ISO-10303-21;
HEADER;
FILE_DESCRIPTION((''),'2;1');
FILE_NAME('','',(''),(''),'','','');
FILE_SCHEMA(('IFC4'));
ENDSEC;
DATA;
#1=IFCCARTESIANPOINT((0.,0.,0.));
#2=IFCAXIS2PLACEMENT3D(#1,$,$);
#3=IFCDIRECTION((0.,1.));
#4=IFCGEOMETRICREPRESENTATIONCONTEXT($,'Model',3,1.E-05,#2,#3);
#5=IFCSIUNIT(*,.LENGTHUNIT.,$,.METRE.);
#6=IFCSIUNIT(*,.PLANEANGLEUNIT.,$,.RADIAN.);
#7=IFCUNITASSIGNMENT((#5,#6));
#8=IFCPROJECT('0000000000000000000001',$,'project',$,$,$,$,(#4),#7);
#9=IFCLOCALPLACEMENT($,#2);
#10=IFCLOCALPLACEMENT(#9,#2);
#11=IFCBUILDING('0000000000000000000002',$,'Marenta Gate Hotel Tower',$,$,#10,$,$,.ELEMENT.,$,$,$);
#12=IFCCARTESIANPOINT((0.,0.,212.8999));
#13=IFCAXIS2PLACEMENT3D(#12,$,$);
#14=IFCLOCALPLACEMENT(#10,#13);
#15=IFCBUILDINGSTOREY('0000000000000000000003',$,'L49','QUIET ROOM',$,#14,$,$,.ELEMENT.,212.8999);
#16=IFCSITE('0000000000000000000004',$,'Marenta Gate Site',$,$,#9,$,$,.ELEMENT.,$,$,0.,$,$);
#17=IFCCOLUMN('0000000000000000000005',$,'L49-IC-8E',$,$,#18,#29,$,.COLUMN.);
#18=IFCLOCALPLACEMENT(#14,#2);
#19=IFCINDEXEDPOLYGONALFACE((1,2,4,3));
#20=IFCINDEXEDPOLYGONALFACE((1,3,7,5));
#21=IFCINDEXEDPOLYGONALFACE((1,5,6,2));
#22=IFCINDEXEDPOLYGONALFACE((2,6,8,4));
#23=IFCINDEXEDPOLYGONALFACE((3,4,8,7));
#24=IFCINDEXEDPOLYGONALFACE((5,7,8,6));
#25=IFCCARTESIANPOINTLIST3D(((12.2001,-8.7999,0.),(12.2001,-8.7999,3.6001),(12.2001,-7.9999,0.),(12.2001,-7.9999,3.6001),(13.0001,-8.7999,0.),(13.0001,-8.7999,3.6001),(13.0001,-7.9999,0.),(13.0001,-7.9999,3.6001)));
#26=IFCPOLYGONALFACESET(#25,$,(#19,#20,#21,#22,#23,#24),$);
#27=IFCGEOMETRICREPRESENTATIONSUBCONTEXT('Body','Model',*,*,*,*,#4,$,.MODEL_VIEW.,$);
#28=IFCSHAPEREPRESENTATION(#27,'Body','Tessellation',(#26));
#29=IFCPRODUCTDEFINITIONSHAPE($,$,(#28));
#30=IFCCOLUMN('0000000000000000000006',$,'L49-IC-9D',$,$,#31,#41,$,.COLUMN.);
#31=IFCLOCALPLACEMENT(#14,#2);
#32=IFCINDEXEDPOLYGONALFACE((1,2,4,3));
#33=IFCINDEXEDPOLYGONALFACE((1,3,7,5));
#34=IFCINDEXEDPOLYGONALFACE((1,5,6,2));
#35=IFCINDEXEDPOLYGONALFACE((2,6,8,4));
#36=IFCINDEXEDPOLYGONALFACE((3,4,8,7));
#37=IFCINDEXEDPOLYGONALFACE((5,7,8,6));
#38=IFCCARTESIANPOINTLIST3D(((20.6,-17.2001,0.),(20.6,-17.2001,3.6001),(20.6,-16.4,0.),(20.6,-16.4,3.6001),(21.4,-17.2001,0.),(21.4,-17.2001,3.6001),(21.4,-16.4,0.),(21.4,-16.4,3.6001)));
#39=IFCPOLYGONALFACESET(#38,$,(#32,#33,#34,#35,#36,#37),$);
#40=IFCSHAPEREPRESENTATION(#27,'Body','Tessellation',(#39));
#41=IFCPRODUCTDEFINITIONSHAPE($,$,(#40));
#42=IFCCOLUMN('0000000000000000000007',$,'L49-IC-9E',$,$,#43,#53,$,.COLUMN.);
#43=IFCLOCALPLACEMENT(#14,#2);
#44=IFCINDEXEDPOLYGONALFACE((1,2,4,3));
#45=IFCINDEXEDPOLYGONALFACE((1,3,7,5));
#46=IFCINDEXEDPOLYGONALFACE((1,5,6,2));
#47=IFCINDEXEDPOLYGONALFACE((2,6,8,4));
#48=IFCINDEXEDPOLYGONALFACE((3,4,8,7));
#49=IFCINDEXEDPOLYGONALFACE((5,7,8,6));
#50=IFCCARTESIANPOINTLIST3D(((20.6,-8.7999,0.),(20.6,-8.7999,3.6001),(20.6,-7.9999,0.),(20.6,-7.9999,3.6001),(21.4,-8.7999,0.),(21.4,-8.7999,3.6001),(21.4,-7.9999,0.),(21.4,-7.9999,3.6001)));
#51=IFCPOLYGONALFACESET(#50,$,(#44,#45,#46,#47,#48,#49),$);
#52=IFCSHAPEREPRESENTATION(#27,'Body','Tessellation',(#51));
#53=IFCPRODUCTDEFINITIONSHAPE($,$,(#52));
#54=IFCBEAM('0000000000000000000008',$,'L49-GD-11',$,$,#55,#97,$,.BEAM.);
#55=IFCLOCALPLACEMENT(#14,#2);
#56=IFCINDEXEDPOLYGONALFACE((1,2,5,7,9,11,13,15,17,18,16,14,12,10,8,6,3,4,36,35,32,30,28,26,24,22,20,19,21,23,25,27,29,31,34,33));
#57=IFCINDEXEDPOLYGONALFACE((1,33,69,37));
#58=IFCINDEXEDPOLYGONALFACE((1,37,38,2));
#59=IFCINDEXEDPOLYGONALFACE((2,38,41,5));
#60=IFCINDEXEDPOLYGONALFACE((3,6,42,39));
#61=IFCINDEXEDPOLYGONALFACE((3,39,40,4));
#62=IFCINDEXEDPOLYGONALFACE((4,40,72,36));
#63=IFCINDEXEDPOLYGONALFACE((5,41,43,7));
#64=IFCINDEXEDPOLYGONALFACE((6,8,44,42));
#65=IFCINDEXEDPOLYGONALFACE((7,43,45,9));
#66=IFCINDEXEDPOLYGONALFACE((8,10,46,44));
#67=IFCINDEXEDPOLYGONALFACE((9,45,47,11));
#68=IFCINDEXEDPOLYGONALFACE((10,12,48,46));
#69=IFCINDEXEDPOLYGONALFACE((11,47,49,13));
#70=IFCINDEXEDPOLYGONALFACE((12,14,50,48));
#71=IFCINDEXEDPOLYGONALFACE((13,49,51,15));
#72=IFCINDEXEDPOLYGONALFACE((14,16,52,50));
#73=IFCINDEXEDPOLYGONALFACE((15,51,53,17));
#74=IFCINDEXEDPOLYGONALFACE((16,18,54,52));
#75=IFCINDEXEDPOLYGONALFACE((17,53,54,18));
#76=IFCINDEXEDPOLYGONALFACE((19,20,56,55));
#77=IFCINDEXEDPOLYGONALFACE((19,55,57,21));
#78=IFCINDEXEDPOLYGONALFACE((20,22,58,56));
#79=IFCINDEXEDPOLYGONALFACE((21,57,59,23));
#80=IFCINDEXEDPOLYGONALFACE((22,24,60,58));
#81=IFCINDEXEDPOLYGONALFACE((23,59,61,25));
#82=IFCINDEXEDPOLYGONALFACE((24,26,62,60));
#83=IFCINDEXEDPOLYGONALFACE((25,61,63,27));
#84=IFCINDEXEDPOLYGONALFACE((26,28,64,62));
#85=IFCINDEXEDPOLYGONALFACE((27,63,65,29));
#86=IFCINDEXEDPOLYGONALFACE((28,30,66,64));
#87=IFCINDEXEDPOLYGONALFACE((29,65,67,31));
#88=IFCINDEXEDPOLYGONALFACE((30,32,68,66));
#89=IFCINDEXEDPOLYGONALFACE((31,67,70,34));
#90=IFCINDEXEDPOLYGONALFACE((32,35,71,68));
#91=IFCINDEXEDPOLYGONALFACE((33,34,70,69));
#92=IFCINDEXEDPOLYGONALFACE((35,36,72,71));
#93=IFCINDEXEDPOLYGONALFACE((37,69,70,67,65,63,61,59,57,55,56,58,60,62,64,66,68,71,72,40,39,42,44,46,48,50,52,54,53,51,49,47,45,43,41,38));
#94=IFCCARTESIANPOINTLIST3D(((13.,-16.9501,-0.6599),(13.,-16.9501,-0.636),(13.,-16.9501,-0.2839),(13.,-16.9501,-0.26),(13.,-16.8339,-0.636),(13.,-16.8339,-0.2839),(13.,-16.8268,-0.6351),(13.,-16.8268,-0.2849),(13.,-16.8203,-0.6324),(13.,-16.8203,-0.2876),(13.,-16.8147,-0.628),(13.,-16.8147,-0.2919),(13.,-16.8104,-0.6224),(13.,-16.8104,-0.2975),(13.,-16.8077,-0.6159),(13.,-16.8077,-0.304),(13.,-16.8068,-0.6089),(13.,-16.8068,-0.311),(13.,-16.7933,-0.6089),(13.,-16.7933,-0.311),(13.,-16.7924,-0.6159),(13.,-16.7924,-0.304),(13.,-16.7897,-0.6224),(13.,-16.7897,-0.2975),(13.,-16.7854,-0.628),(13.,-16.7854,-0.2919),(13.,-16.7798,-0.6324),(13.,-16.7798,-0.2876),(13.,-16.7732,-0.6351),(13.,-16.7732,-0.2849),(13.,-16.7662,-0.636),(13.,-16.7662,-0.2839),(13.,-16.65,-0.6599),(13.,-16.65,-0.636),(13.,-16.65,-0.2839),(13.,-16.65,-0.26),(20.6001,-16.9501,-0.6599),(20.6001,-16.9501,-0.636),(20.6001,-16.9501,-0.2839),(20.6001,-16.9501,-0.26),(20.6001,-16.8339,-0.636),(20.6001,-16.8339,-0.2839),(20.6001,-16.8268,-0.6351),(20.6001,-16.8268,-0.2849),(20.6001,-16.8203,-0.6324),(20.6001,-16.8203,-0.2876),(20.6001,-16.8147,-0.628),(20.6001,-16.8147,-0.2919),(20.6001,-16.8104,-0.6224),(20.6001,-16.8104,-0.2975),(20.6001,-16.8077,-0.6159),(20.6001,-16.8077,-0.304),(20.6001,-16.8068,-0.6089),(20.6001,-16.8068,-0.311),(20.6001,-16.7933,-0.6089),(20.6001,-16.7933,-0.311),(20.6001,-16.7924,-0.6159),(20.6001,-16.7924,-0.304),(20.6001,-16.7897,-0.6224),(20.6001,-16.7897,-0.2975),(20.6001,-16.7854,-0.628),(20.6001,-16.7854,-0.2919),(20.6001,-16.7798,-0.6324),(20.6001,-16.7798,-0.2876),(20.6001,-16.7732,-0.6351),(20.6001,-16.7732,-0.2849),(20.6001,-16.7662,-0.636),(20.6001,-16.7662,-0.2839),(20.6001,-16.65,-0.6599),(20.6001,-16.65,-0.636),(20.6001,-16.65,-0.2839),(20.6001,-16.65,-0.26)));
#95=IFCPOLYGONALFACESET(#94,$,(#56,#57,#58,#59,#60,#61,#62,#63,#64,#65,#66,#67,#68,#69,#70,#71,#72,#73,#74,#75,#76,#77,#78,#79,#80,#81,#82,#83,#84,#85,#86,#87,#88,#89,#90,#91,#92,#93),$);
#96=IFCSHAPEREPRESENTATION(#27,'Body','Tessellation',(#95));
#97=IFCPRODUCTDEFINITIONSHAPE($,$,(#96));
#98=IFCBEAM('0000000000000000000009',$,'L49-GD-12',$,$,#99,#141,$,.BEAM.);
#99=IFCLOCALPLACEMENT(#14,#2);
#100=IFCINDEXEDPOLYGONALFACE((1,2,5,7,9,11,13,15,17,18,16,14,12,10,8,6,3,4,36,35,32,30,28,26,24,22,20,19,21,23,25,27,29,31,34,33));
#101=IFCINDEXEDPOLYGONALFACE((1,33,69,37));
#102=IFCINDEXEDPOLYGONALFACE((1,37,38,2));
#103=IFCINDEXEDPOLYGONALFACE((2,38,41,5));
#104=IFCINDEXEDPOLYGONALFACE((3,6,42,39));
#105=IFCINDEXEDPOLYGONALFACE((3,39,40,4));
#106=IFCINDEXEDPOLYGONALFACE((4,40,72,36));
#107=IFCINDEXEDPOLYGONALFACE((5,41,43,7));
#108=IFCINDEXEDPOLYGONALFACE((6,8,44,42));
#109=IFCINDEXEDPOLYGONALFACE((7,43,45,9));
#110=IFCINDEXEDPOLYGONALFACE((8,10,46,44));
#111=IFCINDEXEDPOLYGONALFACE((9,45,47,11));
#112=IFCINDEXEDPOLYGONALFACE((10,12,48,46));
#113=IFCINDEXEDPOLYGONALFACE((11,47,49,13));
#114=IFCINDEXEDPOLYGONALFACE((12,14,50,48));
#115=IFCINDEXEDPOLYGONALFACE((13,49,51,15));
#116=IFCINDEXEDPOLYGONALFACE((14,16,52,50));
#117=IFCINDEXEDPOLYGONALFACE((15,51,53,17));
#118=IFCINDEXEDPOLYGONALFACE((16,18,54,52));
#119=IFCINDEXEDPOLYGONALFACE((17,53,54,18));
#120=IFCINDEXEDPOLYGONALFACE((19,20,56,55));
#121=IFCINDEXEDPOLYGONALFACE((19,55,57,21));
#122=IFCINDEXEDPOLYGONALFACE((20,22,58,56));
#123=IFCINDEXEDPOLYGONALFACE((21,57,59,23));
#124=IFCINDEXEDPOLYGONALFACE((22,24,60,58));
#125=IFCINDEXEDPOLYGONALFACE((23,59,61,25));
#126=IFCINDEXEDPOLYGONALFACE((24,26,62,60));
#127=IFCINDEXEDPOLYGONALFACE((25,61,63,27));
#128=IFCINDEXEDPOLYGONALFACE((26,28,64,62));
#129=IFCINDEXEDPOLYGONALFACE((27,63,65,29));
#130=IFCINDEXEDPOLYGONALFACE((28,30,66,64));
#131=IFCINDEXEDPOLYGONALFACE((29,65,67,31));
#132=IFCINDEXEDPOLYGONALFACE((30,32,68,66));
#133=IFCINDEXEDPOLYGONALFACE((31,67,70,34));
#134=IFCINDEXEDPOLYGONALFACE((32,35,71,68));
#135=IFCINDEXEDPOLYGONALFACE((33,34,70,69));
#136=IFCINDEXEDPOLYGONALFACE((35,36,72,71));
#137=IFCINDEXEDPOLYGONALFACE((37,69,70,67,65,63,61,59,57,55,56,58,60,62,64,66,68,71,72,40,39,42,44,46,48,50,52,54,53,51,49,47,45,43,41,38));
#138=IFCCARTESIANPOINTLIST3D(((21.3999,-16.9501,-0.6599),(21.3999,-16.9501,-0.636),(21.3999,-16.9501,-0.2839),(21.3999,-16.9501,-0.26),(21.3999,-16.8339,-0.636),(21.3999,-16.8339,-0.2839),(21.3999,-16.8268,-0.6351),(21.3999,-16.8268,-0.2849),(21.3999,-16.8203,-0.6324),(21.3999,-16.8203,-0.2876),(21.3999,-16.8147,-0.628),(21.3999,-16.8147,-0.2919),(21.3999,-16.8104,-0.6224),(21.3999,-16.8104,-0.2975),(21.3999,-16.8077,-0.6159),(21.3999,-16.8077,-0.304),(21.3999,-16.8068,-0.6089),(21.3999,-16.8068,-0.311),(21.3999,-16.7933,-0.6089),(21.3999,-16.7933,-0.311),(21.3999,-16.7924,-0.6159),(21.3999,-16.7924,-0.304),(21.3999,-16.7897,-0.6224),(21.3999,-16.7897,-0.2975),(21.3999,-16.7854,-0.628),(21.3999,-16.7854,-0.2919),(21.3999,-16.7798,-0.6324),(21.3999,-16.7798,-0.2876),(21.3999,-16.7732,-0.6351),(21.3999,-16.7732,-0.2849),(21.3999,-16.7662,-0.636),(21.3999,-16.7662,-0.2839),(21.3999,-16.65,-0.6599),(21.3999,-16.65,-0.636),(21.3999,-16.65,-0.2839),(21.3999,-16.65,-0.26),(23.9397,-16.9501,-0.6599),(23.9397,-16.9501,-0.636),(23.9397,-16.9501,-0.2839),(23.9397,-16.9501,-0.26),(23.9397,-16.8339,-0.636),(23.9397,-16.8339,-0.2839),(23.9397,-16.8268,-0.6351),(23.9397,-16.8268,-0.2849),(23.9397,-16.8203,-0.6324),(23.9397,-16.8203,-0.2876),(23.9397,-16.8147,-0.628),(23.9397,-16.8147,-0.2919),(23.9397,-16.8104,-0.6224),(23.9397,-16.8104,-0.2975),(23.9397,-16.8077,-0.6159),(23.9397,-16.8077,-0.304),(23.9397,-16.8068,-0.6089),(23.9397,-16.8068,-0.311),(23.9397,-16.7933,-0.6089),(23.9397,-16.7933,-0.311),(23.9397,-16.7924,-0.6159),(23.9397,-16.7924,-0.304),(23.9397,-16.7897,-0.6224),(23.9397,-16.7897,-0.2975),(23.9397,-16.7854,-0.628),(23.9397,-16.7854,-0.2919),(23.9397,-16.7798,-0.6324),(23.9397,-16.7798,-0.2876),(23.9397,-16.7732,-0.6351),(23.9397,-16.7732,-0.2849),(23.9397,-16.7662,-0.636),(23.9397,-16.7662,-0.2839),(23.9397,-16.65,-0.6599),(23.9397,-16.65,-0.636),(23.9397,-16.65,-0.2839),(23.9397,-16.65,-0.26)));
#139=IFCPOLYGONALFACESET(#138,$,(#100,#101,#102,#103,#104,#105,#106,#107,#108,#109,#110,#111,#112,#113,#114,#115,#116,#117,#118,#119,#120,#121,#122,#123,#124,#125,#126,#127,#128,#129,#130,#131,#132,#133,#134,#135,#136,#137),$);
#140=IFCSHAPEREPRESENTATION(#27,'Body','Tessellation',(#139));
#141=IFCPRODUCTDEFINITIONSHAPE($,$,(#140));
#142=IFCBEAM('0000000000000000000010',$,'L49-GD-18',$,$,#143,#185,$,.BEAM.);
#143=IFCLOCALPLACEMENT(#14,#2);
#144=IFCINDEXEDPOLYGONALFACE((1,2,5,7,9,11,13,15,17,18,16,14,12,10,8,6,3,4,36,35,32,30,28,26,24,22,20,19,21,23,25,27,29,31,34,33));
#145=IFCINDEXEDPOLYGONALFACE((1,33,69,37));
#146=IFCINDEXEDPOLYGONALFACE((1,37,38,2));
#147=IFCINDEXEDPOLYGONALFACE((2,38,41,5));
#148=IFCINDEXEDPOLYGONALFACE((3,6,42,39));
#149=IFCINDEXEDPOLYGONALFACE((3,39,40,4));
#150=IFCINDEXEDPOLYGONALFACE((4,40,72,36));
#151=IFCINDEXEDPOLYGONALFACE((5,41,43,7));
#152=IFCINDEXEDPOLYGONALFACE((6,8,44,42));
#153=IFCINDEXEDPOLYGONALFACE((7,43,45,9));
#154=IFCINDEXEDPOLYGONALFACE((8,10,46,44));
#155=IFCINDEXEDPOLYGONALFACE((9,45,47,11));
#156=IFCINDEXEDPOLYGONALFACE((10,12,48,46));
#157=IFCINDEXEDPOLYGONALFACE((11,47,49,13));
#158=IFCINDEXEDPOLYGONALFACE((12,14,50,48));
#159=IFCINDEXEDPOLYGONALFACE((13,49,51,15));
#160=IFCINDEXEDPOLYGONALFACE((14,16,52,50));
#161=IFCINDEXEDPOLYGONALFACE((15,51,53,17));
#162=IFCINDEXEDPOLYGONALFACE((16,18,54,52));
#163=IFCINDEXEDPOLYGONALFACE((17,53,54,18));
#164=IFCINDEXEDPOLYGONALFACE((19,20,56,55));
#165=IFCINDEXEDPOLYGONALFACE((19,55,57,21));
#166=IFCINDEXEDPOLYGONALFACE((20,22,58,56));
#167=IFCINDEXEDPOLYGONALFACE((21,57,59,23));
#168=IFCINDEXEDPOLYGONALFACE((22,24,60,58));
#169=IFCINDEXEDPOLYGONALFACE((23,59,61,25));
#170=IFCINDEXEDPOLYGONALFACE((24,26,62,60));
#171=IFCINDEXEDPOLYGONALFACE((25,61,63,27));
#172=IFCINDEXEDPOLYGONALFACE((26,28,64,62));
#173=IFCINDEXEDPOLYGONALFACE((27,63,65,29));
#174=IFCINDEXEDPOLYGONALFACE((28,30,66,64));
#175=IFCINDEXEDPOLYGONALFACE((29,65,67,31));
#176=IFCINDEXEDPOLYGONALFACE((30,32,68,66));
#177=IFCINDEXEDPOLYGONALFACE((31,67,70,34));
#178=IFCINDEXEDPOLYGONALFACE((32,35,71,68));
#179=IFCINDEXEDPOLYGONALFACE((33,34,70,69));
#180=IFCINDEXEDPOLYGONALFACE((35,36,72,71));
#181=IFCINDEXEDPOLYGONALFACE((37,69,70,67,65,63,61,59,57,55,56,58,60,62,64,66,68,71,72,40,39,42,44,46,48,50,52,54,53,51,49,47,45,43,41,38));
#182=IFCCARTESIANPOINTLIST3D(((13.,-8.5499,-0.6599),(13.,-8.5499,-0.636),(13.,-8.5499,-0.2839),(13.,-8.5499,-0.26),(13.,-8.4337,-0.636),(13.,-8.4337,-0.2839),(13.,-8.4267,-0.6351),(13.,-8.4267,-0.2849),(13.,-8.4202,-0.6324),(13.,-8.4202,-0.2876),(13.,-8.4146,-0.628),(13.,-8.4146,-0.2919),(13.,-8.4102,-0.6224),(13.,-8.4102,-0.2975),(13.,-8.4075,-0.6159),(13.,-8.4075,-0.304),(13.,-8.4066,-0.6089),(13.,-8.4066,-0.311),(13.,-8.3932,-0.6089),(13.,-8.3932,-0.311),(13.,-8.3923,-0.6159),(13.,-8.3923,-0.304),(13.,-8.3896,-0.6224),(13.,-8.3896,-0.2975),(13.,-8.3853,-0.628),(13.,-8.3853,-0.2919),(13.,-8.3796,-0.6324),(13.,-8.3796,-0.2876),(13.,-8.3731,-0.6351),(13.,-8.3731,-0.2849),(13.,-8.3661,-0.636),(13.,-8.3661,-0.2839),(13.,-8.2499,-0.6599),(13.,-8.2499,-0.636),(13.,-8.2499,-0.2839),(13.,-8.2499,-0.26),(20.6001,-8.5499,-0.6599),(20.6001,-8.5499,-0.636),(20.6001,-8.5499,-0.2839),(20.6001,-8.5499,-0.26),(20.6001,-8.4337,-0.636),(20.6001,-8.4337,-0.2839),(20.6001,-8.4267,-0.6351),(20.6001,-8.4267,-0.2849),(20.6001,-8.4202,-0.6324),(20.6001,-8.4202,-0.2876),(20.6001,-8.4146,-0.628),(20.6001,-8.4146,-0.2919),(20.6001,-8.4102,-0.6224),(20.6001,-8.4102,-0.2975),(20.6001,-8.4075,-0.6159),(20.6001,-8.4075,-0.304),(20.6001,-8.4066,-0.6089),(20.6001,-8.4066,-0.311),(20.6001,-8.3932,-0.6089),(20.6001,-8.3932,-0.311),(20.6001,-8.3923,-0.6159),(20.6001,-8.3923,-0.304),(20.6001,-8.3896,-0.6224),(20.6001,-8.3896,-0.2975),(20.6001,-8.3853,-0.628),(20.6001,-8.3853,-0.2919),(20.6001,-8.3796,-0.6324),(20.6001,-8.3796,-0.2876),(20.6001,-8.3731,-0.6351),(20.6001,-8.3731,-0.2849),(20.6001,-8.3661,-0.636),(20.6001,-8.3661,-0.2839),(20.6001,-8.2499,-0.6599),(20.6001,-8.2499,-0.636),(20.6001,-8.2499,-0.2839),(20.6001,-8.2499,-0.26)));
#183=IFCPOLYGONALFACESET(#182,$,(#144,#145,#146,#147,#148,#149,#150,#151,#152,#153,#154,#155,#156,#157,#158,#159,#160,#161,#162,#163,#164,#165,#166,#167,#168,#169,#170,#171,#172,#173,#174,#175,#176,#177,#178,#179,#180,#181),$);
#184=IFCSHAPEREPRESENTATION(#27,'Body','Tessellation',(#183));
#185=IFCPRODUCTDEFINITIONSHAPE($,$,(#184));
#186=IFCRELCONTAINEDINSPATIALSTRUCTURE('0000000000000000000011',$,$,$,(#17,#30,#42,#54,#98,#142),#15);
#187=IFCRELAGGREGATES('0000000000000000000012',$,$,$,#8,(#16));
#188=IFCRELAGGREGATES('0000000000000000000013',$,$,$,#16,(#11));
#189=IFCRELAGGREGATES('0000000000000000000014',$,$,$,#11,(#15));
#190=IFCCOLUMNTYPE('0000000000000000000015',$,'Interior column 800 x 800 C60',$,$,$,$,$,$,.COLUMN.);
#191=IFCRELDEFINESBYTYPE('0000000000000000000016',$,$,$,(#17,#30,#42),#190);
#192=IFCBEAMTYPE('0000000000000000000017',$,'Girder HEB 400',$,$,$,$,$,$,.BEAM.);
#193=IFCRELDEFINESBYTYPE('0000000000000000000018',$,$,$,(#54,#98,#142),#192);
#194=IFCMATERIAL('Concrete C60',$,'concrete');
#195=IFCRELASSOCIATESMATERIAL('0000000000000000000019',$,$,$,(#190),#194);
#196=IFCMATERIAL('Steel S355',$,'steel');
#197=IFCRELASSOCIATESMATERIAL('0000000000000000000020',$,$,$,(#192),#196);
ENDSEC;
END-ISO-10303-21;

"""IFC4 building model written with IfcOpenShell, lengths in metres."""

from ifc_helpers import new_model, si_unit, direction, frame, origin, origin_2d, place, context, subcontext, project, spatial, rectangle, i_section, extrude, material, material_profile, profile_set, type_object, element, save


model = new_model("IFC4")

# Units and contexts
model_context = context("Model", 3, precision=1e-05, world=origin(), true_north=direction((0.0, 1.0)))
body_context = subcontext(model_context, "Body", "Model", "MODEL_VIEW")
ifc_project = project(units=[si_unit("LENGTHUNIT", "METRE"), si_unit("PLANEANGLEUNIT", "RADIAN")], contexts=[model_context])

# Site, building, storey
site_placement = place(None, origin())
site = spatial("IfcSite", under=ifc_project, at=site_placement, Name="Marenta Gate Site", CompositionType="ELEMENT", RefElevation=0.0)
building_placement = place(site_placement, origin())
building = spatial("IfcBuilding", under=site, at=building_placement, Name="Marenta Gate Hotel Tower", CompositionType="ELEMENT")
storey_placement = place(building_placement, frame((0.0, 0.0, 212.8999)))
storey = spatial("IfcBuildingStorey", under=building, at=storey_placement, Name="L49", Description="QUIET ROOM", CompositionType="ELEMENT", Elevation=212.8999)

# Columns
ifc_material_1 = material(Name="Concrete C60", Category="concrete")
ifc_material_profile_1 = material_profile(ifc_material_1, rectangle(XDim=0.8, YDim=0.8, at=origin_2d()), Name="800 x 800")
ifc_profile_set_1 = profile_set([ifc_material_profile_1], Name="Concrete C60")
column_type = type_object("IfcColumnType", Name="Interior column 800 x 800 C60", PredefinedType="COLUMN", material=ifc_profile_set_1)
for number, where, z_axis, x_axis, name in (
    (1, (12.6001, -8.3999, 0.0), (0.0, 0.0, 1.0), (1.0, 0.0, 0.0), "L49-IC-8E"),
    (2, (21.0, -16.8, 0.0), (0.0, 0.0, 1.0), (1.0, 0.0, 0.0), "L49-IC-9D"),
    (3, (21.0, -8.3999, 0.0), (0.0, 0.0, 1.0), (1.0, 0.0, 0.0), "L49-IC-9E"),
):
    element("IfcColumn", number, at=place(storey_placement, frame(where, z_axis=z_axis, x_axis=x_axis)), inside=storey, type_object=column_type, Name=name, PredefinedType="COLUMN", context=body_context, shape_type="SweptSolid", body=[
        extrude(rectangle(XDim=0.8, YDim=0.8, at=origin_2d()), origin(), (0.0, 0.0, 1.0), 3.6001),
    ])

# Beams
ifc_material_2 = material(Name="Steel S355", Category="steel")
ifc_material_profile_2 = material_profile(ifc_material_2, i_section(OverallWidth=0.3, OverallDepth=0.3999, WebThickness=0.0134, FlangeThickness=0.0239, FilletRadius=0.0271, at=origin_2d()), Name="HEB 400")
ifc_profile_set_2 = profile_set([ifc_material_profile_2], Name="Steel S355")
beam_type = type_object("IfcBeamType", Name="Girder HEB 400", PredefinedType="BEAM", material=ifc_profile_set_2)
beam_1_placement = place(storey_placement, frame((13.0, -16.8, -0.46), z_axis=(1.0, 0.0, 0.0), x_axis=(0.0, 1.0, 0.0)))
element("IfcBeam", 4, at=beam_1_placement, inside=storey, type_object=beam_type, Name="L49-GD-11", PredefinedType="BEAM", context=body_context, shape_type="SweptSolid", body=[
    extrude(i_section(OverallWidth=0.3, OverallDepth=0.3999, WebThickness=0.0134, FlangeThickness=0.0239, FilletRadius=0.0271, at=origin_2d()), origin(), (0.0, 0.0, 1.0), 7.6001),
])
beam_2_placement = place(storey_placement, frame((21.3999, -16.8, -0.46), z_axis=(1.0, 0.0, 0.0), x_axis=(0.0, 1.0, 0.0)))
element("IfcBeam", 5, at=beam_2_placement, inside=storey, type_object=beam_type, Name="L49-GD-12", PredefinedType="BEAM", context=body_context, shape_type="SweptSolid", body=[
    extrude(i_section(OverallWidth=0.3, OverallDepth=0.3999, WebThickness=0.0134, FlangeThickness=0.0239, FilletRadius=0.0271, at=origin_2d()), origin(), (0.0, 0.0, 1.0), 2.5398),
])
beam_3_placement = place(storey_placement, frame((13.0, -8.3999, -0.46), z_axis=(1.0, 0.0, 0.0), x_axis=(0.0, 1.0, 0.0)))
element("IfcBeam", 6, at=beam_3_placement, inside=storey, type_object=beam_type, Name="L49-GD-18", PredefinedType="BEAM", context=body_context, shape_type="SweptSolid", body=[
    extrude(i_section(OverallWidth=0.3, OverallDepth=0.3999, WebThickness=0.0134, FlangeThickness=0.0239, FilletRadius=0.0271, at=origin_2d()), origin(), (0.0, 0.0, 1.0), 7.6001),
])

save(model, "model.ifc")
